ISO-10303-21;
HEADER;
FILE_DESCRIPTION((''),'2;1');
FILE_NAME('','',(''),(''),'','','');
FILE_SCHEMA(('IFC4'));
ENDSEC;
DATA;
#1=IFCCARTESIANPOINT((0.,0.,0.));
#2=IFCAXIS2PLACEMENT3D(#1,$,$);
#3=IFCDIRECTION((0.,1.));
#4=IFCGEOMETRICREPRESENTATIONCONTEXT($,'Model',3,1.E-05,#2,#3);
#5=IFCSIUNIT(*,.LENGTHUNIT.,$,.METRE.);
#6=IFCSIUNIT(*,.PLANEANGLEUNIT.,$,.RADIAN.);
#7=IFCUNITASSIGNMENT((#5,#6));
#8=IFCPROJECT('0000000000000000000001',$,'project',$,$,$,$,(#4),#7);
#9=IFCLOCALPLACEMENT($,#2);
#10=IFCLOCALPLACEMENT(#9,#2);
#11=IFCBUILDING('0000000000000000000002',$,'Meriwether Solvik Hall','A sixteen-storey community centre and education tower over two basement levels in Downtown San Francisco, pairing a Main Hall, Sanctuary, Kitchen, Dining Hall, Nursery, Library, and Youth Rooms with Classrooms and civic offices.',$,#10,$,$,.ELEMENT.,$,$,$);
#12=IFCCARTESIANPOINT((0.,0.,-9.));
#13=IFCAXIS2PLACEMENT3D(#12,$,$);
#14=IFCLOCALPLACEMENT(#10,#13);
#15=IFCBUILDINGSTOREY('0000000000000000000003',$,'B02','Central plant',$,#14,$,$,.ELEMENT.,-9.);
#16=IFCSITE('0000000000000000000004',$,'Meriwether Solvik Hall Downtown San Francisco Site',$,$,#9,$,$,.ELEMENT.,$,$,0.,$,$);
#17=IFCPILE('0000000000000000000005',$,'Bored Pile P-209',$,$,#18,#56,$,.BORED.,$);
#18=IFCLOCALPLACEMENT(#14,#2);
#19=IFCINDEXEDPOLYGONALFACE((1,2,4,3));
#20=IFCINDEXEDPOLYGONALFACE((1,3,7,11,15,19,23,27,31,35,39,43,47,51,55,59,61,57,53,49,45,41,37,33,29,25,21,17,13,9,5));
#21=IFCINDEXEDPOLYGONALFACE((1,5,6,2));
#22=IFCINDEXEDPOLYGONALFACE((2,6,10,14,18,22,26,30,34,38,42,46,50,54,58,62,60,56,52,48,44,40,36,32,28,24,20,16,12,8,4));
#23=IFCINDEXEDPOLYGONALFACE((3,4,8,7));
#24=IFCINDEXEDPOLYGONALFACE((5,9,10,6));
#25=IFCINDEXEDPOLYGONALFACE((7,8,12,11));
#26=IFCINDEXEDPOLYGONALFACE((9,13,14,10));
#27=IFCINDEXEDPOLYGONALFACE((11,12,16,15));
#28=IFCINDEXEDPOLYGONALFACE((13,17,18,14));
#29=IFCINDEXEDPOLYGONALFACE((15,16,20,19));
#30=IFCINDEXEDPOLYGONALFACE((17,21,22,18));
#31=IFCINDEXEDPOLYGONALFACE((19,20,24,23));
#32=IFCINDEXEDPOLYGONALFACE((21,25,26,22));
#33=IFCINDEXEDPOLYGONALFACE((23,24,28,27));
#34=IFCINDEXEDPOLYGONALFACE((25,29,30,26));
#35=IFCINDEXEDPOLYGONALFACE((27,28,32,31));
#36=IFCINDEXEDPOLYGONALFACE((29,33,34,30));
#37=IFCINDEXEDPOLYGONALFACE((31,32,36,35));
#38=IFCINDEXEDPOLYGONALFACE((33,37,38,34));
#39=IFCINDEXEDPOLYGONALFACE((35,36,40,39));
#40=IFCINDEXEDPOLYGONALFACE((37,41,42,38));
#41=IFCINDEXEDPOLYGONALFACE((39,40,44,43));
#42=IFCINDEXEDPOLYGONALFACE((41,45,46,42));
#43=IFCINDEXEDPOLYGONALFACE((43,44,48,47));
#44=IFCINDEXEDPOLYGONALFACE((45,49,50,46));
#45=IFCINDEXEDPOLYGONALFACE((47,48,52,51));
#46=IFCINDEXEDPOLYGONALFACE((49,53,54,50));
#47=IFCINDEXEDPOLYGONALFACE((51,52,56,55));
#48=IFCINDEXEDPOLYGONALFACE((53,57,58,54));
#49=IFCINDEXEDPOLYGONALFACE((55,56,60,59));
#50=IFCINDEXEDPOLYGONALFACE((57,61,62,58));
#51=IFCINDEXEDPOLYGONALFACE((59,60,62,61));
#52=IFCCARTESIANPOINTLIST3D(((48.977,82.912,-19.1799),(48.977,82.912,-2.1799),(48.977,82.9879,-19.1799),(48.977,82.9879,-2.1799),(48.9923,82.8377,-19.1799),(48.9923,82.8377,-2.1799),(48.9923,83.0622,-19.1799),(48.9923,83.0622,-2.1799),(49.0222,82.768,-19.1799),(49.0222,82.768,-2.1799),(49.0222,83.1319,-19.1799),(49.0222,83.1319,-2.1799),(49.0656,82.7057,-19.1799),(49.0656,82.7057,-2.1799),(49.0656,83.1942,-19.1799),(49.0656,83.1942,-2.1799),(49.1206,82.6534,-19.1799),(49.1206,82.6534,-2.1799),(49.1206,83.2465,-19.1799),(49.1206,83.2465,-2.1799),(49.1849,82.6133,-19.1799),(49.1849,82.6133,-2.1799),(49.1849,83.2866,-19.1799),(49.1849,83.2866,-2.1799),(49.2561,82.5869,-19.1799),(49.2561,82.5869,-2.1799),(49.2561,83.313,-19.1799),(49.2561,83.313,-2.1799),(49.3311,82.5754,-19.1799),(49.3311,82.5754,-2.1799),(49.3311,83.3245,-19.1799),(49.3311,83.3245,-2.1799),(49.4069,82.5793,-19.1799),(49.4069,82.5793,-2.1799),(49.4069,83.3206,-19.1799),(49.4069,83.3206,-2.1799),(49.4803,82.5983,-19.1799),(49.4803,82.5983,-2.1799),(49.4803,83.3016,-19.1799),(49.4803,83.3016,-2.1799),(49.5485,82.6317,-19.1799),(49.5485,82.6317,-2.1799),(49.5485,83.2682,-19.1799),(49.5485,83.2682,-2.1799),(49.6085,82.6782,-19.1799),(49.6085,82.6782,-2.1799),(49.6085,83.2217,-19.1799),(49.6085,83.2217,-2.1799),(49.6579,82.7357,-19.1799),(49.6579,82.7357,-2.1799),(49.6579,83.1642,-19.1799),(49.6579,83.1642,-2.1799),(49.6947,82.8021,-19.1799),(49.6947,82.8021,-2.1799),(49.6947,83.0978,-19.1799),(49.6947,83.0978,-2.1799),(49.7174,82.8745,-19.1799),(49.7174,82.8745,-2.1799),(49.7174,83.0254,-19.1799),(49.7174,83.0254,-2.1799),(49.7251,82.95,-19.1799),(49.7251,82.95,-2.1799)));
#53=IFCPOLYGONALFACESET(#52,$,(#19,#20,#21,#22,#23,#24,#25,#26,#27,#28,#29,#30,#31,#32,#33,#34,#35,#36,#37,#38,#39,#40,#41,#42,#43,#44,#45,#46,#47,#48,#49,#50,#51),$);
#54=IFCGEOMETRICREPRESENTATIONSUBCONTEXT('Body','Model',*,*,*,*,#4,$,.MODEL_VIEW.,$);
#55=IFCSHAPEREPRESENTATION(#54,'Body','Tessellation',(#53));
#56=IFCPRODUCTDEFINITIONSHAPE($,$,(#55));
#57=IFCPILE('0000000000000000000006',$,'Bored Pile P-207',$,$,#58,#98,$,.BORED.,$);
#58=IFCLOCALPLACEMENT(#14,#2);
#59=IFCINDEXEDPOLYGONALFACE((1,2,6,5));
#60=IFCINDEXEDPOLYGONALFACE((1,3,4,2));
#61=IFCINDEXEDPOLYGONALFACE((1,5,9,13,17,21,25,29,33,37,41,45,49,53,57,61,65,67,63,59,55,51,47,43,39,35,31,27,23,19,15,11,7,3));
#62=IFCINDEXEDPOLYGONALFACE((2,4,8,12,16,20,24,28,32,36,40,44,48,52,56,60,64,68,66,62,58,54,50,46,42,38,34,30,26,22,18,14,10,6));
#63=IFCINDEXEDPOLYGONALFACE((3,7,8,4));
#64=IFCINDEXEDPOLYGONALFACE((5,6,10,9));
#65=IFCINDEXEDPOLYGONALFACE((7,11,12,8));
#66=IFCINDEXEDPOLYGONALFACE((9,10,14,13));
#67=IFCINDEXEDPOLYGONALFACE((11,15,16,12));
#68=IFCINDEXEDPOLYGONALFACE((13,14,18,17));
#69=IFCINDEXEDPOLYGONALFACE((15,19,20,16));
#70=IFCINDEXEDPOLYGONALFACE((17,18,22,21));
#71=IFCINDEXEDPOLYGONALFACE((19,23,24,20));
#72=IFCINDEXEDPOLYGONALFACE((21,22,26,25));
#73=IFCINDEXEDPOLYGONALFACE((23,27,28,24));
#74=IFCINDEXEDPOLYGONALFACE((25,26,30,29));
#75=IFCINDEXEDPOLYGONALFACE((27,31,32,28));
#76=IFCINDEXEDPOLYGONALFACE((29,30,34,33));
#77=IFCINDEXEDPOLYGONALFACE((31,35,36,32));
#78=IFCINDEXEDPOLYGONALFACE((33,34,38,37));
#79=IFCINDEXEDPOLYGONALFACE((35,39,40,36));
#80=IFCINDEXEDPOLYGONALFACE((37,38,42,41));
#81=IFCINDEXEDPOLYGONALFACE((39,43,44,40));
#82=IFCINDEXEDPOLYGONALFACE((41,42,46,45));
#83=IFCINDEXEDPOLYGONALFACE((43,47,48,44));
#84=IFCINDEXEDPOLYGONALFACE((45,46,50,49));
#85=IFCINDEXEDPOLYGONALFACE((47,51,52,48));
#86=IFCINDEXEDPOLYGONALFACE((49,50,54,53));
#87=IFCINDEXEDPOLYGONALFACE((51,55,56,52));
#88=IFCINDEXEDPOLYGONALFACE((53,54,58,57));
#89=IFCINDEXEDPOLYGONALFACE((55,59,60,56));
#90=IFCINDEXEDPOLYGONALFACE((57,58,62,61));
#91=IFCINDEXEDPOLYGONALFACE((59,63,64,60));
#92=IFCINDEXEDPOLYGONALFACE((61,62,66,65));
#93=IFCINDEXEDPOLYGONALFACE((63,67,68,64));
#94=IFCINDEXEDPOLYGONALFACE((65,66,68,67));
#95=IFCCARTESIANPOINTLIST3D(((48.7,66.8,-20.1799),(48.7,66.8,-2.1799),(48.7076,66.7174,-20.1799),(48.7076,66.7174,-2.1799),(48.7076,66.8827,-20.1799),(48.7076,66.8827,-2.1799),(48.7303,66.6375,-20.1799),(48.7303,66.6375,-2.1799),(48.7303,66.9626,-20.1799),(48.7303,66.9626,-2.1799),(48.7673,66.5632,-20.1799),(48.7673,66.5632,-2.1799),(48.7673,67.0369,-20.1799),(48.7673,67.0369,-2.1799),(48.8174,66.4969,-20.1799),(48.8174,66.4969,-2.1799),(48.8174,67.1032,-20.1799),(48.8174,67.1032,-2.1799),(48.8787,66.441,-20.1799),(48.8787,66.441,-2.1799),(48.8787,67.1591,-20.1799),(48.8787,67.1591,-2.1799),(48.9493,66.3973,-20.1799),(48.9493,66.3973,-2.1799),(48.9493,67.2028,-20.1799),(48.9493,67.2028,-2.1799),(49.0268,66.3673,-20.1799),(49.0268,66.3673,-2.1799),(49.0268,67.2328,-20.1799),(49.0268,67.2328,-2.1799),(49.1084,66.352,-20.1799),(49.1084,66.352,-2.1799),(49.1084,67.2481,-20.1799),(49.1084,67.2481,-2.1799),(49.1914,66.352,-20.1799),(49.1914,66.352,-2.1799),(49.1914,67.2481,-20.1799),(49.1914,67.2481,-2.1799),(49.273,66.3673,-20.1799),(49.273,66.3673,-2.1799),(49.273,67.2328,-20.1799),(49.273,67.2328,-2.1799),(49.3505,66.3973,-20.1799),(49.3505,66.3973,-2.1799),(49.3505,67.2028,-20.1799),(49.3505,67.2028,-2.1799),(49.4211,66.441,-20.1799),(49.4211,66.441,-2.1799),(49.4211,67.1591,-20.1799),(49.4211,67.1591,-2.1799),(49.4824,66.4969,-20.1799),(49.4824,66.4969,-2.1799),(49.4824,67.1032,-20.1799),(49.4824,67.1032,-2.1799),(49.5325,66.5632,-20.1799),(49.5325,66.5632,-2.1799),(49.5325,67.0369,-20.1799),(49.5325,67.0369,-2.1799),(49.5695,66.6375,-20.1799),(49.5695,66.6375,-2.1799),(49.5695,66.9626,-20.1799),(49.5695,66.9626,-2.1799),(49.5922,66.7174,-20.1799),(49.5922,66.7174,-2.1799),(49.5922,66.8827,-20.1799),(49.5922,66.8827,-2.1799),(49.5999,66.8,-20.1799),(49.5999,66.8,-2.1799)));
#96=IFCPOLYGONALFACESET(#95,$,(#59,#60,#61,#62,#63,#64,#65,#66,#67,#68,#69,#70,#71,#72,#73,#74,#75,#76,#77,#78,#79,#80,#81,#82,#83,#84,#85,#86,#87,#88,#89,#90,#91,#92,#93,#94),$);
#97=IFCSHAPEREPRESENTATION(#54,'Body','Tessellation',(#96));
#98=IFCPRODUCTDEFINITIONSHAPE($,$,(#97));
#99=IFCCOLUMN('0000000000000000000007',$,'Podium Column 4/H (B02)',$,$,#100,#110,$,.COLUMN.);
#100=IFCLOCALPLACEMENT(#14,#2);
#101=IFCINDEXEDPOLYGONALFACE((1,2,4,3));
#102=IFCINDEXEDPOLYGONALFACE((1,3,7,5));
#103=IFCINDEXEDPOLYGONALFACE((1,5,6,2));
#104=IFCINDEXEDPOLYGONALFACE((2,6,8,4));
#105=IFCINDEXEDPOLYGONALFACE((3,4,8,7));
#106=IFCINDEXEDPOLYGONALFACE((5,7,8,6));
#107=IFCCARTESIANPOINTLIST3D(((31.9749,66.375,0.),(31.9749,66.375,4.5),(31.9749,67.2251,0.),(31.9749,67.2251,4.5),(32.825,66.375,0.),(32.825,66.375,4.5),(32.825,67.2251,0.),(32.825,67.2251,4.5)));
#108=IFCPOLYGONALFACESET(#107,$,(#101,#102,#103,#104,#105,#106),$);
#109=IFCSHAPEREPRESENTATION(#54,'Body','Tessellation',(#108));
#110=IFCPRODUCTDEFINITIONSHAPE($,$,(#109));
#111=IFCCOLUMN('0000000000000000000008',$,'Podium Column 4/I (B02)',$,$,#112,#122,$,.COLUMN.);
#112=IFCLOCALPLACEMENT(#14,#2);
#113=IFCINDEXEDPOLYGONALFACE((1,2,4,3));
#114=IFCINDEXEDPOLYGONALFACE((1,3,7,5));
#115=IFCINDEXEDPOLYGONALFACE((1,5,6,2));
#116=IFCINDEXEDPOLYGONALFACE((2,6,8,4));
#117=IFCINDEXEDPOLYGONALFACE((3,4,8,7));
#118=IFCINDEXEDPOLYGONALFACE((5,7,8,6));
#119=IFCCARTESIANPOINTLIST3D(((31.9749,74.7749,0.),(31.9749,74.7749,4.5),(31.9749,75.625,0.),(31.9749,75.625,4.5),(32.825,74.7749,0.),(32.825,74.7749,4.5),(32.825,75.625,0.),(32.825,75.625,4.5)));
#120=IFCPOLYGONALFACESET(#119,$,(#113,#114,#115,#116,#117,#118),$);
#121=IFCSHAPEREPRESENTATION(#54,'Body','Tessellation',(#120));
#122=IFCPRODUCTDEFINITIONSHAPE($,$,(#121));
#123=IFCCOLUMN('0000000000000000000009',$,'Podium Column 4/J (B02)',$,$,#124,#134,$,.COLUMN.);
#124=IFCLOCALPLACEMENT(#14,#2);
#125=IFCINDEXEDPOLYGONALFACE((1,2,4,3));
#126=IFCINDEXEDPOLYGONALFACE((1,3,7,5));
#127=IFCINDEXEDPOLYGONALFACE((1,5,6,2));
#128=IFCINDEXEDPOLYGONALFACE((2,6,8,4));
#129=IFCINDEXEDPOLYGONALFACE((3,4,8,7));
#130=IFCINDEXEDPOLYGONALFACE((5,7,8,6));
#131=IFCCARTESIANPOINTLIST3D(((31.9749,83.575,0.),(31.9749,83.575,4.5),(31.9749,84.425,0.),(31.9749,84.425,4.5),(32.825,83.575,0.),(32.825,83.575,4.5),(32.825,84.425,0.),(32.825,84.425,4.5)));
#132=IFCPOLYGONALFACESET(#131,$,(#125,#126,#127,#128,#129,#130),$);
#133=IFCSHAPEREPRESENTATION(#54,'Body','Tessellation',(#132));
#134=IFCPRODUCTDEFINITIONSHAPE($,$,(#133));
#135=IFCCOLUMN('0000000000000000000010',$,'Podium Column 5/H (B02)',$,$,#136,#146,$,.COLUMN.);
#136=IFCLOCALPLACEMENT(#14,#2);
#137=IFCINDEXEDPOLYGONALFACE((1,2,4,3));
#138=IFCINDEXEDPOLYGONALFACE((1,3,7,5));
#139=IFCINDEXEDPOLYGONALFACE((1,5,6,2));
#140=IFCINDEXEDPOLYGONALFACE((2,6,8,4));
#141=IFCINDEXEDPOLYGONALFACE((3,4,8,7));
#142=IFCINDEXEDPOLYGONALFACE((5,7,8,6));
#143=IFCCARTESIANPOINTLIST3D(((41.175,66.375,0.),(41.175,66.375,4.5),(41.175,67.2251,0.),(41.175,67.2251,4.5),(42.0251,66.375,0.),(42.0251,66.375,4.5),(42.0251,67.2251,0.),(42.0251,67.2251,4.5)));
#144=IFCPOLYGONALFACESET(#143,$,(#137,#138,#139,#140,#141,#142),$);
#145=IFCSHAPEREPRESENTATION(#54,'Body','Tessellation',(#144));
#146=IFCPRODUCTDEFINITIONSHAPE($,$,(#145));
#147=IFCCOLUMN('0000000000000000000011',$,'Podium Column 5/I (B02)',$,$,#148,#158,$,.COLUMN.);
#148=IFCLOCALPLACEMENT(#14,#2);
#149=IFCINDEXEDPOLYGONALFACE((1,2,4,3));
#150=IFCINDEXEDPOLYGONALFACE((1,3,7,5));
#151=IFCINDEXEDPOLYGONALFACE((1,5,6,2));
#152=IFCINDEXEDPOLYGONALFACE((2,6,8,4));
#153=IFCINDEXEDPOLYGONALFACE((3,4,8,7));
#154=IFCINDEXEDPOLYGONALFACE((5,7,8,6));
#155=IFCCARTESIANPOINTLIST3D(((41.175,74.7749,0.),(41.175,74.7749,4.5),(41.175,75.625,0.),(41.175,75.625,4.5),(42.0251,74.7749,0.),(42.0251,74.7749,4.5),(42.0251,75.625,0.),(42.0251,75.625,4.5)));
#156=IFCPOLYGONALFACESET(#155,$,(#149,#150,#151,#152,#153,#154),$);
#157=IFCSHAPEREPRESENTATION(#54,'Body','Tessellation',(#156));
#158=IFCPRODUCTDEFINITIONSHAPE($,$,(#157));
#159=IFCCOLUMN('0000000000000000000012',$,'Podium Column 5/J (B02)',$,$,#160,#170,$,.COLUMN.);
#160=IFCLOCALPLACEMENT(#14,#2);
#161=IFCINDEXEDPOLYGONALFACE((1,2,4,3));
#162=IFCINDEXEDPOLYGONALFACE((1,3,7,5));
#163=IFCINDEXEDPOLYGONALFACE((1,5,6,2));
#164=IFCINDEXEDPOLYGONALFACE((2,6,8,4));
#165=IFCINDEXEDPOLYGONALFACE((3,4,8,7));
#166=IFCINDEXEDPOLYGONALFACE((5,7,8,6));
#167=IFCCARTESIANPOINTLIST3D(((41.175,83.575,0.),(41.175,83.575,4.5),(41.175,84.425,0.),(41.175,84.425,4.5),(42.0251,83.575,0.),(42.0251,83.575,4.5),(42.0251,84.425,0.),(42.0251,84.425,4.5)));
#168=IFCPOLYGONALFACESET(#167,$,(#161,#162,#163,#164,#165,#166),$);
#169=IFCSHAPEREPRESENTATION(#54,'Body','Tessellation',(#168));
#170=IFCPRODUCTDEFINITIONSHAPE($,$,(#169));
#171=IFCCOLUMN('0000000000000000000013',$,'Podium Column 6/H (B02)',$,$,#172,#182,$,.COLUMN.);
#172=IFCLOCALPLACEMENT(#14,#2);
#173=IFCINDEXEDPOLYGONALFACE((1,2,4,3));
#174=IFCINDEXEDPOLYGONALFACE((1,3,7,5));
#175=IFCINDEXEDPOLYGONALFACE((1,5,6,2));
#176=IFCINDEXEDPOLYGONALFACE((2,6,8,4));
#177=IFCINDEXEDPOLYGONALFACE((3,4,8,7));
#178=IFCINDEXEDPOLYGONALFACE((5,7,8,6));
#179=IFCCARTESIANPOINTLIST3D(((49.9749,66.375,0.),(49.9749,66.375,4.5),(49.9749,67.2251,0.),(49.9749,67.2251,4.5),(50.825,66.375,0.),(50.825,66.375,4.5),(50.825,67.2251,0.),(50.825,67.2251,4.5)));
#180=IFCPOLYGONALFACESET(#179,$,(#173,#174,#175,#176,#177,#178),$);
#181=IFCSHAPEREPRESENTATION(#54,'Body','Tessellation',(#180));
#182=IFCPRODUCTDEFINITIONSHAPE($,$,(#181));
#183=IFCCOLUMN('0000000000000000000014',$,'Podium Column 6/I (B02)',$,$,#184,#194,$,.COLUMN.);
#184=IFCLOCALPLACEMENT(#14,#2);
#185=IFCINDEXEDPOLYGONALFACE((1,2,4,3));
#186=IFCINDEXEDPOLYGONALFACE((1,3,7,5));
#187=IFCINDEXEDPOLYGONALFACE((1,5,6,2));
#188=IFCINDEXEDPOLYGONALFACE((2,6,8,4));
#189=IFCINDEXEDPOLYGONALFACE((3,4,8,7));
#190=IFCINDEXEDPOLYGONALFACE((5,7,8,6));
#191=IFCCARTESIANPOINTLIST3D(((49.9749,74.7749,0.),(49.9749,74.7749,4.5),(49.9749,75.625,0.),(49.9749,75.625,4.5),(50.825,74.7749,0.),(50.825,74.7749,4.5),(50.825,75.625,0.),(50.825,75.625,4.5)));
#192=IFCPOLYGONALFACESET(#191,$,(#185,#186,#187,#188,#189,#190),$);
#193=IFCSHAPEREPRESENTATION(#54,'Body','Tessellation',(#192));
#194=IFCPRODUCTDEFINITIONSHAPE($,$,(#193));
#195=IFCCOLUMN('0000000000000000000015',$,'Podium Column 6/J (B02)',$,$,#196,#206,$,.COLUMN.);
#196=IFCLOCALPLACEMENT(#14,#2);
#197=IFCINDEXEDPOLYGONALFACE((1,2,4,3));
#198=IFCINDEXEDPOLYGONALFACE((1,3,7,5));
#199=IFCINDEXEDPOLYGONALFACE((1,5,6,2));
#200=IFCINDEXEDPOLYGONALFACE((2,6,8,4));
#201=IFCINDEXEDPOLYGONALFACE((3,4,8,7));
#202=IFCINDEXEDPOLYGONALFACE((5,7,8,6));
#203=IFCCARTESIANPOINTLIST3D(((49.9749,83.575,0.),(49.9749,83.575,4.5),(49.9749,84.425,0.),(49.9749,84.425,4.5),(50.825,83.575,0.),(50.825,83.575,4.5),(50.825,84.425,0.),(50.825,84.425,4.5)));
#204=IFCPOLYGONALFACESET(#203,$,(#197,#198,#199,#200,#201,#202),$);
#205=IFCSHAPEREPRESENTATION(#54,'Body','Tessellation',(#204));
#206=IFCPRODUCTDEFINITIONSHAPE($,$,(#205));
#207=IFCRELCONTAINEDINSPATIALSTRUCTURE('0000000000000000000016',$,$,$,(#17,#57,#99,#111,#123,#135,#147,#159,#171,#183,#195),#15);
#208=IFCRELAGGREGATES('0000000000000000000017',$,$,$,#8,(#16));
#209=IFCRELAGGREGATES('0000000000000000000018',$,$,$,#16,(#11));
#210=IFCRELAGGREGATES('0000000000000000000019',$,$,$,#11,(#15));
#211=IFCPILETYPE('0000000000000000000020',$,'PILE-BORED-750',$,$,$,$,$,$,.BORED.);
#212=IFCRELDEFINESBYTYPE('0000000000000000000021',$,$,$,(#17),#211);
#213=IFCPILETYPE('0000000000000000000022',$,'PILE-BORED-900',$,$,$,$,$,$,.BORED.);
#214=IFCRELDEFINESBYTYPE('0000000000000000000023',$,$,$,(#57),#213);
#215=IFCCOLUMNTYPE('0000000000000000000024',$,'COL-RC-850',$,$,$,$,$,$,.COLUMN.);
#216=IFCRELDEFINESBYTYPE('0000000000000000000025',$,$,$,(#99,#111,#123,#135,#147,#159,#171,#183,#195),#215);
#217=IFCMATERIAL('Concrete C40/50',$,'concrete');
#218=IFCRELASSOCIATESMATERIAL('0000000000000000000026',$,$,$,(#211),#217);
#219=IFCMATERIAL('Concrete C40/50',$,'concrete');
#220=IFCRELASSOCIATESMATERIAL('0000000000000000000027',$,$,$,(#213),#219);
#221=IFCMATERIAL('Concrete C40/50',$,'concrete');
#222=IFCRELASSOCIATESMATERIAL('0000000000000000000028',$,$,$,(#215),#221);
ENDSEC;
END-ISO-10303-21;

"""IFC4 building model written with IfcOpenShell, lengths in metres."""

from ifc_helpers import new_model, si_unit, direction, frame, origin, origin_2d, place, context, subcontext, project, spatial, rectangle, circle, extrude, material, material_profile, profile_set, type_object, element, save


model = new_model("IFC4")

# Units and contexts
model_context = context("Model", 3, precision=1e-05, world=origin(), true_north=direction((0.0, 1.0)))
body_context = subcontext(model_context, "Body", "Model", "MODEL_VIEW")
ifc_project = project(units=[si_unit("LENGTHUNIT", "METRE"), si_unit("PLANEANGLEUNIT", "RADIAN")], contexts=[model_context])

# Site, building, storey
site_placement = place(None, origin())
site = spatial("IfcSite", under=ifc_project, at=site_placement, Name="Meriwether Solvik Hall Downtown San Francisco Site", CompositionType="ELEMENT", RefElevation=0.0)
building_placement = place(site_placement, origin())
building = spatial("IfcBuilding", under=site, at=building_placement, Name="Meriwether Solvik Hall", Description="A sixteen-storey community centre and education tower over two basement levels in Downtown San Francisco, pairing a Main Hall, Sanctuary, Kitchen, Dining Hall, Nursery, Library, and Youth Rooms with Classrooms and civic offices.", CompositionType="ELEMENT")
storey_placement = place(building_placement, frame((0.0, 0.0, -9.0)))
storey = spatial("IfcBuildingStorey", under=building, at=storey_placement, Name="B02", Description="Central plant", CompositionType="ELEMENT", Elevation=-9.0)

# Piles
ifc_material_1 = material(Name="Concrete C40/50", Category="concrete")
ifc_material_profile_1 = material_profile(ifc_material_1, circle(Radius=0.375, at=origin_2d()), Name="PILE-D750")
ifc_profile_set_1 = profile_set([ifc_material_profile_1], Name="Concrete C40/50")
pile_type_1 = type_object("IfcPileType", Name="PILE-BORED-750", PredefinedType="BORED", material=ifc_profile_set_1)
for number, where, z_axis, x_axis, name in (
    (1, (49.3501, 82.95, -2.1799), (0.0, 0.0, -1.0), (1.0, 0.0, 0.0), "Bored Pile P-209"),
):
    element("IfcPile", number, at=place(storey_placement, frame(where, z_axis=z_axis, x_axis=x_axis)), inside=storey, type_object=pile_type_1, Name=name, PredefinedType="BORED", context=body_context, shape_type="SweptSolid", body=[
        extrude(circle(Radius=0.375, at=origin_2d()), origin(), (0.0, 0.0, 1.0), 17.0),
    ])
ifc_material_2 = material(Name="Concrete C40/50", Category="concrete")
ifc_material_profile_2 = material_profile(ifc_material_2, circle(Radius=0.45, at=origin_2d()), Name="PILE-D900")
ifc_profile_set_2 = profile_set([ifc_material_profile_2], Name="Concrete C40/50")
pile_type_2 = type_object("IfcPileType", Name="PILE-BORED-900", PredefinedType="BORED", material=ifc_profile_set_2)
pile_placement = place(storey_placement, frame((49.1499, 66.8, -2.1799), z_axis=(0.0, 0.0, -1.0), x_axis=(1.0, 0.0, 0.0)))
element("IfcPile", 2, at=pile_placement, inside=storey, type_object=pile_type_2, Name="Bored Pile P-207", PredefinedType="BORED", context=body_context, shape_type="SweptSolid", body=[
    extrude(circle(Radius=0.45, at=origin_2d()), origin(), (0.0, 0.0, 1.0), 18.0),
])

# Columns
ifc_material_3 = material(Name="Concrete C40/50", Category="concrete")
ifc_material_profile_3 = material_profile(ifc_material_3, rectangle(XDim=0.8501, YDim=0.8501, at=origin_2d()), Name="RCC-850X850")
ifc_profile_set_3 = profile_set([ifc_material_profile_3], Name="Concrete C40/50")
column_type = type_object("IfcColumnType", Name="COL-RC-850", PredefinedType="COLUMN", material=ifc_profile_set_3)
for number, where, z_axis, x_axis, name in (
    (3, (32.3999, 66.8, 0.0), (0.0, 0.0, 1.0), (1.0, 0.0, 0.0), "Podium Column 4/H (B02)"),
    (4, (32.3999, 75.2, 0.0), (0.0, 0.0, 1.0), (1.0, 0.0, 0.0), "Podium Column 4/I (B02)"),
    (5, (32.3999, 84.0, 0.0), (0.0, 0.0, 1.0), (1.0, 0.0, 0.0), "Podium Column 4/J (B02)"),
    (6, (41.6001, 66.8, 0.0), (0.0, 0.0, 1.0), (1.0, 0.0, 0.0), "Podium Column 5/H (B02)"),
    (7, (41.6001, 75.2, 0.0), (0.0, 0.0, 1.0), (1.0, 0.0, 0.0), "Podium Column 5/I (B02)"),
    (8, (41.6001, 84.0, 0.0), (0.0, 0.0, 1.0), (1.0, 0.0, 0.0), "Podium Column 5/J (B02)"),
    (9, (50.3999, 66.8, 0.0), (0.0, 0.0, 1.0), (1.0, 0.0, 0.0), "Podium Column 6/H (B02)"),
    (10, (50.3999, 75.2, 0.0), (0.0, 0.0, 1.0), (1.0, 0.0, 0.0), "Podium Column 6/I (B02)"),
    (11, (50.3999, 84.0, 0.0), (0.0, 0.0, 1.0), (1.0, 0.0, 0.0), "Podium Column 6/J (B02)"),
):
    element("IfcColumn", number, at=place(storey_placement, frame(where, z_axis=z_axis, x_axis=x_axis)), inside=storey, type_object=column_type, Name=name, PredefinedType="COLUMN", context=body_context, shape_type="SweptSolid", body=[
        extrude(rectangle(XDim=0.8501, YDim=0.8501, at=origin_2d()), origin(), (0.0, 0.0, 1.0), 4.5),
    ])

save(model, "model.ifc")
